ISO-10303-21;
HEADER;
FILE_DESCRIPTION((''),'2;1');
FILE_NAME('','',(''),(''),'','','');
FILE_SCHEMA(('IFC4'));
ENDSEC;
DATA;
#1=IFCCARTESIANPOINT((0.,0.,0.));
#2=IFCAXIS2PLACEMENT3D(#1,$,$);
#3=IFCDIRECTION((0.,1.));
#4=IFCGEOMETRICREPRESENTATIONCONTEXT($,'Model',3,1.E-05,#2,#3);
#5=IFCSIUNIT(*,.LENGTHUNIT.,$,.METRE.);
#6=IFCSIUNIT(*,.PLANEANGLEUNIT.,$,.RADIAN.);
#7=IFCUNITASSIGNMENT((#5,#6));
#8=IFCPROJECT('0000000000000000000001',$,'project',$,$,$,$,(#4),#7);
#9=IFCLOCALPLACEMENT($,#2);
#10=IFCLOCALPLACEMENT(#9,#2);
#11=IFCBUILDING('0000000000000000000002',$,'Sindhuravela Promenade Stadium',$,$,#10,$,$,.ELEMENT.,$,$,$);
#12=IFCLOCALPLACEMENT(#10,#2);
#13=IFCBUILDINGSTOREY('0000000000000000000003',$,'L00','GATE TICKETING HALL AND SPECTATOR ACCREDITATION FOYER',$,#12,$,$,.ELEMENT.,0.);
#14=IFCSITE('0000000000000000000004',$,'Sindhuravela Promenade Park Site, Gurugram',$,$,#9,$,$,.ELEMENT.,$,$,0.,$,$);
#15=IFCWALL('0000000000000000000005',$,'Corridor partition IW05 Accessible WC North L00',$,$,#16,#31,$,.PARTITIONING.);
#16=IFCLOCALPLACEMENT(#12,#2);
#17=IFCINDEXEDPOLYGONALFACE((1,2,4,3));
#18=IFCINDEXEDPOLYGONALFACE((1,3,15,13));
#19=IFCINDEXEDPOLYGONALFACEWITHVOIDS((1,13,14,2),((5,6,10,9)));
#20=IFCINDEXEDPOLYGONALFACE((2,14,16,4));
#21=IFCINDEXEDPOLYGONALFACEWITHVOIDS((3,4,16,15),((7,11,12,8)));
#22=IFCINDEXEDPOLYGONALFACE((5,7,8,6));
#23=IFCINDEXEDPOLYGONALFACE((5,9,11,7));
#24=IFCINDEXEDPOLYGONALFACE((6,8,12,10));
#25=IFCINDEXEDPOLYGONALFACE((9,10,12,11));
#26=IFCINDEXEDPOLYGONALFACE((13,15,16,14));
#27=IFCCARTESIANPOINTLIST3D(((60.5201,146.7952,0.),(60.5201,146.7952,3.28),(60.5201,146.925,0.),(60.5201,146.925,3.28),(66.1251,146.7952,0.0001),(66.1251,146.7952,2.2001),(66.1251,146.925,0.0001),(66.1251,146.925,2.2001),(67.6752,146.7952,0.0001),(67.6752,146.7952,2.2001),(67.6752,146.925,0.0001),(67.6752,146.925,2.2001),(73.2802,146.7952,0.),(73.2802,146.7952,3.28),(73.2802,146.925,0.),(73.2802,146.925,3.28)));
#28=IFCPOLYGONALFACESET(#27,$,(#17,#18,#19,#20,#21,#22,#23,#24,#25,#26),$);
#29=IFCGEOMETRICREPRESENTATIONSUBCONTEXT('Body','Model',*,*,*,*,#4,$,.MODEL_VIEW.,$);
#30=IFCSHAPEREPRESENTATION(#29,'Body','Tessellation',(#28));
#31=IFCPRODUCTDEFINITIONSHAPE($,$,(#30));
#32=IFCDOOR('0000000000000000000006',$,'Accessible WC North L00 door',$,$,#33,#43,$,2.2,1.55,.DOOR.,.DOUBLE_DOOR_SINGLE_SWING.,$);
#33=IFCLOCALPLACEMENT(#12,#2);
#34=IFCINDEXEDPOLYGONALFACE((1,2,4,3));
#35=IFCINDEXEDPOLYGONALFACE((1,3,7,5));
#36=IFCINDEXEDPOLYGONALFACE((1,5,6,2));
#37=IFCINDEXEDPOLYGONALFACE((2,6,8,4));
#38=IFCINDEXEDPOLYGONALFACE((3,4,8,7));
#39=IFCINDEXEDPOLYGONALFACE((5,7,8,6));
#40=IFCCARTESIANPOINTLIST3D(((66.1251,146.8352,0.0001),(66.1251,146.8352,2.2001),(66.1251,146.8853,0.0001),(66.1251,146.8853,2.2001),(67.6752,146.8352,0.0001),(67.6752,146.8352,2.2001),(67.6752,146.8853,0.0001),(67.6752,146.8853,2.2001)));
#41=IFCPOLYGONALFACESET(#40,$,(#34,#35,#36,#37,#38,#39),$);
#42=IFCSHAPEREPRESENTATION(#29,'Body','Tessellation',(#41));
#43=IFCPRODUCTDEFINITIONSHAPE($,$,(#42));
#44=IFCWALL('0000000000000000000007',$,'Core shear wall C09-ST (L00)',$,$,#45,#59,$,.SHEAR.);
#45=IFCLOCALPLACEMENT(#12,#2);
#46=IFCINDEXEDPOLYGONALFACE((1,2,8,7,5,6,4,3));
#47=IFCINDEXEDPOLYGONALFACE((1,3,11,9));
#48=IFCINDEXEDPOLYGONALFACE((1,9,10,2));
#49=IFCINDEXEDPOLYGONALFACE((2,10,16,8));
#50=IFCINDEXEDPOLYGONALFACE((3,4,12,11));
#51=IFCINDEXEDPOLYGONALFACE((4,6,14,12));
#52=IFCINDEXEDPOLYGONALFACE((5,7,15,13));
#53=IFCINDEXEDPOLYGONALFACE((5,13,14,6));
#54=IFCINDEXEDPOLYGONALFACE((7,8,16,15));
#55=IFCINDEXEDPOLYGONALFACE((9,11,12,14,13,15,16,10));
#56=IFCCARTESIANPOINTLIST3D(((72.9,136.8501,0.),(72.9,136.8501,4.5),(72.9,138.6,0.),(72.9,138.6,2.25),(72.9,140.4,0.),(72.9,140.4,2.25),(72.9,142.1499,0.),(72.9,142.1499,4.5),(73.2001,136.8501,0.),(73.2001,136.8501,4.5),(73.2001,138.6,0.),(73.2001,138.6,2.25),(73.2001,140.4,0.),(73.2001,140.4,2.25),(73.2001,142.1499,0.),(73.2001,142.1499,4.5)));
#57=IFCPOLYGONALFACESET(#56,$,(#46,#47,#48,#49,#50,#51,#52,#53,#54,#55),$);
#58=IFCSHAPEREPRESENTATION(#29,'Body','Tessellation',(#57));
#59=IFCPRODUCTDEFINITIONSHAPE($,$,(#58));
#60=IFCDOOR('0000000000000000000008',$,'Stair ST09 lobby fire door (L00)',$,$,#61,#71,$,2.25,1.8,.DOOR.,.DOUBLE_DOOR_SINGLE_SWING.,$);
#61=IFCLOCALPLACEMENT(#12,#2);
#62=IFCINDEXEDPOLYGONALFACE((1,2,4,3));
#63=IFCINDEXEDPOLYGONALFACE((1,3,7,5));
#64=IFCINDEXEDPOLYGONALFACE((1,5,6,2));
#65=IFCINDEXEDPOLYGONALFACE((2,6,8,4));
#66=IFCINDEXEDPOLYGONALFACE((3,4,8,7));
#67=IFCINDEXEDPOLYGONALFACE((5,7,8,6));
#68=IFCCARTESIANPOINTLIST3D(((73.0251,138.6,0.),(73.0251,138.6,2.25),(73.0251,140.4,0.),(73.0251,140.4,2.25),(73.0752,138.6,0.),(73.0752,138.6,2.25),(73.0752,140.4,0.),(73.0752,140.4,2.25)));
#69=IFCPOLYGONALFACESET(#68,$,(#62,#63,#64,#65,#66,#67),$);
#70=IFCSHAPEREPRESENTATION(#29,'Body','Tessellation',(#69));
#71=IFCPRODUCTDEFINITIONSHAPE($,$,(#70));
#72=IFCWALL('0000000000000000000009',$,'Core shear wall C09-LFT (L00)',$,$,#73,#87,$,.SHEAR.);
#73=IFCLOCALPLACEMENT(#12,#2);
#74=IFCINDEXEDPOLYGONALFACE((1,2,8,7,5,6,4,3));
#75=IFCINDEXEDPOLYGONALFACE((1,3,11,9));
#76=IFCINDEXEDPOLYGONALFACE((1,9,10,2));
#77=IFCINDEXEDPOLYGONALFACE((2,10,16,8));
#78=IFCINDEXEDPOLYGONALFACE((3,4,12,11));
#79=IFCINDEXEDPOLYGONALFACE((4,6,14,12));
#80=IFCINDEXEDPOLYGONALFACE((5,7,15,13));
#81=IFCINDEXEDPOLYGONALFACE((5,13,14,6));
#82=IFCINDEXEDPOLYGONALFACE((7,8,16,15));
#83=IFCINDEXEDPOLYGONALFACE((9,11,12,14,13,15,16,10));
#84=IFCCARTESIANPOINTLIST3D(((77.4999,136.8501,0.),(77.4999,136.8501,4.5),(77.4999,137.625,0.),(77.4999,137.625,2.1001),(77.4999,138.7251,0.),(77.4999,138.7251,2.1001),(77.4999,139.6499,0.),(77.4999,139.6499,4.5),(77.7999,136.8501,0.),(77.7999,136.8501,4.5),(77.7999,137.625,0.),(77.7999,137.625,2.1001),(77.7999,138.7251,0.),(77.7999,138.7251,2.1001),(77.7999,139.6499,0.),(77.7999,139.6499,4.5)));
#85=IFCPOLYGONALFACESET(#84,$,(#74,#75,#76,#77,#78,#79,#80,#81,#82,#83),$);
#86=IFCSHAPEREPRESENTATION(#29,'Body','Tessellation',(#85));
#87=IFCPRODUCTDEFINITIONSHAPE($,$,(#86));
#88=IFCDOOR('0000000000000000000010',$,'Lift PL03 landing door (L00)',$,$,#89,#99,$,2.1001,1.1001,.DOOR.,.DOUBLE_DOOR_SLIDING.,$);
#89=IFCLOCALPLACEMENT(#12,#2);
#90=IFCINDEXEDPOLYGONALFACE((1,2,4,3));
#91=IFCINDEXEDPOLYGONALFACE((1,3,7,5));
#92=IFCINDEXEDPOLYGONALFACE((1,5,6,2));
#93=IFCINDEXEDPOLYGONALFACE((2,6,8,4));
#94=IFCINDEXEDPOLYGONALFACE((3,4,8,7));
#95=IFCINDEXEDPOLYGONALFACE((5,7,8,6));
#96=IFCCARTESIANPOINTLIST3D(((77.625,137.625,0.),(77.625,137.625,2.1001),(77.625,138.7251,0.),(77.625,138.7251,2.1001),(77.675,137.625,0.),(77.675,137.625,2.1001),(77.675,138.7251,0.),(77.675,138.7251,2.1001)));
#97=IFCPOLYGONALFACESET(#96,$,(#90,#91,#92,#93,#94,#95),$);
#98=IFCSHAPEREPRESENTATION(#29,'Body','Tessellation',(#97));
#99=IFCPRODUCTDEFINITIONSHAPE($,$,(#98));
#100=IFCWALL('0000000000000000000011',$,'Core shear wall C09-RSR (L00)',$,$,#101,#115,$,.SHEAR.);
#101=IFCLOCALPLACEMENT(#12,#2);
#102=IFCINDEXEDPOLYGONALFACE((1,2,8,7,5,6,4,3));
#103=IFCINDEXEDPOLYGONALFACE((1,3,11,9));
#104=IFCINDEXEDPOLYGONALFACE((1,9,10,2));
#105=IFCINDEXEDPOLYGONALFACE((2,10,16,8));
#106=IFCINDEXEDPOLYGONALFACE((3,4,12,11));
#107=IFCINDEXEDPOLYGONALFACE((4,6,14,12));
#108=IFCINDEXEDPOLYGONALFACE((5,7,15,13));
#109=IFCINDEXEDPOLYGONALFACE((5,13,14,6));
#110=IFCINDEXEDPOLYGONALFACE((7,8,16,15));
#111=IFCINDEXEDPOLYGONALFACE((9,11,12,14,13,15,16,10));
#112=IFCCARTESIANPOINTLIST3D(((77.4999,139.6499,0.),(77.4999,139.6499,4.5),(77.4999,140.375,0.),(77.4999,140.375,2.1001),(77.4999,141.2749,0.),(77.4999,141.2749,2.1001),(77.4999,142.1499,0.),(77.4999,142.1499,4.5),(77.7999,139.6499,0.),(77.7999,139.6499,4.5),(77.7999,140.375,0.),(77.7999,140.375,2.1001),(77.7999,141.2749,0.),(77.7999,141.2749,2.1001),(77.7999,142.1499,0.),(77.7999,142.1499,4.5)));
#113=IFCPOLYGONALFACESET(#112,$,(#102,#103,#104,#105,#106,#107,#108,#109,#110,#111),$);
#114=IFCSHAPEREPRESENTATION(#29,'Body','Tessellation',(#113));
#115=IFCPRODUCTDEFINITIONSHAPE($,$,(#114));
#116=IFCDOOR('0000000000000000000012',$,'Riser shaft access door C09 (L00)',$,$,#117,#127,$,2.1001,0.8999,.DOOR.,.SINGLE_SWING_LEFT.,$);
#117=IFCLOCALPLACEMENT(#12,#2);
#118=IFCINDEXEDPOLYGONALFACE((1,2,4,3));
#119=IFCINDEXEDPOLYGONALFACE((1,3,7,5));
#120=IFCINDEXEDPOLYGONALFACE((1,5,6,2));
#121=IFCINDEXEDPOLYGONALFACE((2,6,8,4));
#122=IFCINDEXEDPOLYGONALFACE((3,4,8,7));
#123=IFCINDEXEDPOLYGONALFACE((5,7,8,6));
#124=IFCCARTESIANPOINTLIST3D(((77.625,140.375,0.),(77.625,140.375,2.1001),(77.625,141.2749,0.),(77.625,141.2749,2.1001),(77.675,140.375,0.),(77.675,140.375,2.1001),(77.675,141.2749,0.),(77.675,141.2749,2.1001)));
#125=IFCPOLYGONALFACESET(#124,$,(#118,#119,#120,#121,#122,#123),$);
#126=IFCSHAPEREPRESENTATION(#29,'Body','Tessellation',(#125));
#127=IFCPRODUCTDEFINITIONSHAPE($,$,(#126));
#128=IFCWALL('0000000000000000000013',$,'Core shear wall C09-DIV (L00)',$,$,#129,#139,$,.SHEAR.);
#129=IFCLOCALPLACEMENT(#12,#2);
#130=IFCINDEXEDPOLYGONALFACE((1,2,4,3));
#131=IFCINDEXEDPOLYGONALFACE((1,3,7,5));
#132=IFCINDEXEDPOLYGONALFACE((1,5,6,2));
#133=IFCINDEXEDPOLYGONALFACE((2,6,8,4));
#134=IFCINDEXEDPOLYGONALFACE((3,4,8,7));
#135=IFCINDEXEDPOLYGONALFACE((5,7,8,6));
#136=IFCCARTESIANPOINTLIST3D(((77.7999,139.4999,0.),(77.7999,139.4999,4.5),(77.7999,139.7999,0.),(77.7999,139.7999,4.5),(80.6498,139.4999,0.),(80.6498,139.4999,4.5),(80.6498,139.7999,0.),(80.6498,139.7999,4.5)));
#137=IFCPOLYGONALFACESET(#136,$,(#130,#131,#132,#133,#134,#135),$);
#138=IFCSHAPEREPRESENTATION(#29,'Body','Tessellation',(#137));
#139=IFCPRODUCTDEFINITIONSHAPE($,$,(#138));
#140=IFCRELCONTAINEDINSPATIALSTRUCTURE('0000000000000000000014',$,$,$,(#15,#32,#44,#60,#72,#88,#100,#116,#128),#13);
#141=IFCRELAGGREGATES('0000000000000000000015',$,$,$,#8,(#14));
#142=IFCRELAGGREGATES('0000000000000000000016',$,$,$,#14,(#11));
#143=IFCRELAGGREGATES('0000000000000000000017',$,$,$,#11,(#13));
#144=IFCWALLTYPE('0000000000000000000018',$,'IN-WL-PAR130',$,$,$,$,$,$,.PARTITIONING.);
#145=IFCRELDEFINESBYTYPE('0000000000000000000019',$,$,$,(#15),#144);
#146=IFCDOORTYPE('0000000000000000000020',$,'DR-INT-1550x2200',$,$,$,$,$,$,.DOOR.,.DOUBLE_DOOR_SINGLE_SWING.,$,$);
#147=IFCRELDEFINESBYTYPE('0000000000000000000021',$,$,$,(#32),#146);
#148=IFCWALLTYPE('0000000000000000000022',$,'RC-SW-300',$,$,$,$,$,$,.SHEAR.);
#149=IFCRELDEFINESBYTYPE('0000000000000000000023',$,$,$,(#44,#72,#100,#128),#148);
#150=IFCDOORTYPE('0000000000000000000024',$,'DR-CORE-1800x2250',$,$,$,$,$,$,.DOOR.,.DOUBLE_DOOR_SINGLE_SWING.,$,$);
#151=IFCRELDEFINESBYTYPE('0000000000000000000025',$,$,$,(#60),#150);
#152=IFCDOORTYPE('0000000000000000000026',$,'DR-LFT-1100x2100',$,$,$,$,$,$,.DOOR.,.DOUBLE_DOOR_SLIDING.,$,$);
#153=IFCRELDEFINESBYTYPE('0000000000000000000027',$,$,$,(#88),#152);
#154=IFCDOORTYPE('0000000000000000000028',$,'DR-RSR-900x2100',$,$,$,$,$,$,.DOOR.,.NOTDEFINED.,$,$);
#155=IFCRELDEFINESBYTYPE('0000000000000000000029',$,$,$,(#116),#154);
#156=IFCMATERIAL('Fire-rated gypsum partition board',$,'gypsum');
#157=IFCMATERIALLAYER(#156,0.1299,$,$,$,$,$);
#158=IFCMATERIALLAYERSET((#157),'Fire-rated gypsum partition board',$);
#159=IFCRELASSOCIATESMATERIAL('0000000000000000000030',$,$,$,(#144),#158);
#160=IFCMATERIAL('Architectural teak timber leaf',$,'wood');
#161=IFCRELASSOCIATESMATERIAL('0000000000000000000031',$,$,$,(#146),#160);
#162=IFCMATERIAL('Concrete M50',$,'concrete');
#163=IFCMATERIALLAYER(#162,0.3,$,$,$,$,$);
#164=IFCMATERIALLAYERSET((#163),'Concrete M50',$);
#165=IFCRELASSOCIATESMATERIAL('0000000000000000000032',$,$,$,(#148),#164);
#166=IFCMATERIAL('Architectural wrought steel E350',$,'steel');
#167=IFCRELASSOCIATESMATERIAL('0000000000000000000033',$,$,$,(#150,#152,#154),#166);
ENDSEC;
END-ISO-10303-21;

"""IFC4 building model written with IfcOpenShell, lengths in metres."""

from ifc_helpers import new_model, si_unit, direction, frame, frame_2d, origin, place, context, subcontext, project, spatial, rectangle, extrude, material, layer, layer_set, type_object, element, fill, save


model = new_model("IFC4")

# Units and contexts
model_context = context("Model", 3, precision=1e-05, world=origin(), true_north=direction((0.0, 1.0)))
body_context = subcontext(model_context, "Body", "Model", "MODEL_VIEW")
ifc_project = project(units=[si_unit("LENGTHUNIT", "METRE"), si_unit("PLANEANGLEUNIT", "RADIAN")], contexts=[model_context])

# Site, building, storey
site_placement = place(None, origin())
site = spatial("IfcSite", under=ifc_project, at=site_placement, Name="Sindhuravela Promenade Park Site, Gurugram", CompositionType="ELEMENT", RefElevation=0.0)
building_placement = place(site_placement, origin())
building = spatial("IfcBuilding", under=site, at=building_placement, Name="Sindhuravela Promenade Stadium", CompositionType="ELEMENT")
storey_placement = place(building_placement, origin())
storey = spatial("IfcBuildingStorey", under=building, at=storey_placement, Name="L00", Description="GATE TICKETING HALL AND SPECTATOR ACCREDITATION FOYER", CompositionType="ELEMENT", Elevation=0.0)

# Shared definitions
ifc_material_1 = material(Name="Concrete M50", Category="concrete")

# Walls, openings, doors
ifc_material_2 = material(Name="Fire-rated gypsum partition board", Category="gypsum")
ifc_layer_1 = layer(ifc_material_2, 0.1299)
ifc_layer_set_1 = layer_set([ifc_layer_1], Name="Fire-rated gypsum partition board")
wall_type_1 = type_object("IfcWallType", Name="IN-WL-PAR130", PredefinedType="PARTITIONING", material=ifc_layer_set_1)
wall_1_placement = place(storey_placement, frame((73.28, 146.8601, 0.0), z_axis=(0.0, 0.0, 1.0), x_axis=(-1.0, 0.0, 0.0)))
wall_1 = element("IfcWall", 1, at=wall_1_placement, inside=storey, type_object=wall_type_1, Name="Corridor partition IW05 Accessible WC North L00", PredefinedType="PARTITIONING", context=body_context, shape_type="SweptSolid", body=[
    extrude(rectangle(XDim=12.76, YDim=0.1299, at=frame_2d((6.3799, 0.0))), origin(), (0.0, 0.0, 1.0), 3.28),
])
opening_1_placement = place(wall_1_placement, frame((5.605, 0.0, 0.0)))
opening_1 = element("IfcOpeningElement", 2, at=opening_1_placement, cuts=wall_1, PredefinedType="OPENING", context=body_context, shape_type="SweptSolid", body=[
    extrude(rectangle(XDim=1.55, YDim=2.2, at=frame_2d((0.7749, 1.1001))), frame((0.0, 0.075, 0.0), z_axis=(0.0, -1.0, 0.0), x_axis=(1.0, 0.0, 0.0)), (0.0, 0.0, 1.0), 0.1499),
])
ifc_material_3 = material(Name="Architectural teak timber leaf", Category="wood")
door_type_1 = type_object("IfcDoorType", Name="DR-INT-1550x2200", OperationType="DOUBLE_DOOR_SINGLE_SWING", PredefinedType="DOOR", material=ifc_material_3)
door_1_placement = place(opening_1_placement, origin())
door_1 = element("IfcDoor", 3, at=door_1_placement, inside=storey, type_object=door_type_1, Name="Accessible WC North L00 door", OperationType="DOUBLE_DOOR_SINGLE_SWING", OverallHeight=2.2, OverallWidth=1.55, PredefinedType="DOOR", context=body_context, shape_type="SweptSolid", body=[
    extrude(rectangle(XDim=1.55, YDim=2.2, at=frame_2d((0.7749, 1.1001))), frame((0.0, 0.0249, 0.0), z_axis=(0.0, -1.0, 0.0), x_axis=(1.0, 0.0, 0.0)), (0.0, 0.0, 1.0), 0.05),
])
fill(opening_1, door_1)
ifc_layer_2 = layer(ifc_material_1, 0.3)
ifc_layer_set_2 = layer_set([ifc_layer_2], Name="Concrete M50")
wall_type_2 = type_object("IfcWallType", Name="RC-SW-300", PredefinedType="SHEAR", material=ifc_layer_set_2)
wall_2_placement = place(storey_placement, frame((73.05, 136.8501, 0.0), z_axis=(0.0, 0.0, 1.0), x_axis=(0.0, 1.0, 0.0)))
wall_2 = element("IfcWall", 4, at=wall_2_placement, inside=storey, type_object=wall_type_2, Name="Core shear wall C09-ST (L00)", PredefinedType="SHEAR", context=body_context, shape_type="SweptSolid", body=[
    extrude(rectangle(XDim=5.2998, YDim=0.3, at=frame_2d((2.6499, 0.0))), origin(), (0.0, 0.0, 1.0), 4.5),
])
opening_2_placement = place(wall_2_placement, frame((1.75, 0.0, 0.0)))
opening_2 = element("IfcOpeningElement", 5, at=opening_2_placement, cuts=wall_2, PredefinedType="OPENING", context=body_context, shape_type="SweptSolid", body=[
    extrude(rectangle(XDim=1.8, YDim=2.25, at=frame_2d((0.8999, 1.125))), frame((0.0, 0.1599, 0.0), z_axis=(0.0, -1.0, 0.0), x_axis=(1.0, 0.0, 0.0)), (0.0, 0.0, 1.0), 0.3201),
])
ifc_material_4 = material(Name="Architectural wrought steel E350", Category="steel")
door_type_2 = type_object("IfcDoorType", Name="DR-CORE-1800x2250", OperationType="DOUBLE_DOOR_SINGLE_SWING", PredefinedType="DOOR", material=ifc_material_4)
door_2_placement = place(opening_2_placement, origin())
door_2 = element("IfcDoor", 6, at=door_2_placement, inside=storey, type_object=door_type_2, Name="Stair ST09 lobby fire door (L00)", OperationType="DOUBLE_DOOR_SINGLE_SWING", OverallHeight=2.25, OverallWidth=1.8, PredefinedType="DOOR", context=body_context, shape_type="SweptSolid", body=[
    extrude(rectangle(XDim=1.8, YDim=2.25, at=frame_2d((0.8999, 1.125))), frame((0.0, 0.0249, 0.0), z_axis=(0.0, -1.0, 0.0), x_axis=(1.0, 0.0, 0.0)), (0.0, 0.0, 1.0), 0.05),
])
fill(opening_2, door_2)
wall_3_placement = place(storey_placement, frame((77.6499, 136.8501, 0.0), z_axis=(0.0, 0.0, 1.0), x_axis=(0.0, 1.0, 0.0)))
wall_3 = element("IfcWall", 7, at=wall_3_placement, inside=storey, type_object=wall_type_2, Name="Core shear wall C09-LFT (L00)", PredefinedType="SHEAR", context=body_context, shape_type="SweptSolid", body=[
    extrude(rectangle(XDim=2.7998, YDim=0.3, at=frame_2d((1.3999, 0.0))), origin(), (0.0, 0.0, 1.0), 4.5),
])
opening_3_placement = place(wall_3_placement, frame((0.7749, 0.0, 0.0)))
opening_3 = element("IfcOpeningElement", 8, at=opening_3_placement, cuts=wall_3, PredefinedType="OPENING", context=body_context, shape_type="SweptSolid", body=[
    extrude(rectangle(XDim=1.1001, YDim=2.1001, at=frame_2d((0.55, 1.05))), frame((0.0, 0.1599, 0.0), z_axis=(0.0, -1.0, 0.0), x_axis=(1.0, 0.0, 0.0)), (0.0, 0.0, 1.0), 0.3201),
])
door_type_3 = type_object("IfcDoorType", Name="DR-LFT-1100x2100", OperationType="DOUBLE_DOOR_SLIDING", PredefinedType="DOOR", material=ifc_material_4)
door_3_placement = place(opening_3_placement, origin())
door_3 = element("IfcDoor", 9, at=door_3_placement, inside=storey, type_object=door_type_3, Name="Lift PL03 landing door (L00)", OperationType="DOUBLE_DOOR_SLIDING", OverallHeight=2.1001, OverallWidth=1.1001, PredefinedType="DOOR", context=body_context, shape_type="SweptSolid", body=[
    extrude(rectangle(XDim=1.1001, YDim=2.1001, at=frame_2d((0.55, 1.05))), frame((0.0, 0.0249, 0.0), z_axis=(0.0, -1.0, 0.0), x_axis=(1.0, 0.0, 0.0)), (0.0, 0.0, 1.0), 0.05),
])
fill(opening_3, door_3)
wall_4_placement = place(storey_placement, frame((77.6499, 139.6499, 0.0), z_axis=(0.0, 0.0, 1.0), x_axis=(0.0, 1.0, 0.0)))
wall_4 = element("IfcWall", 10, at=wall_4_placement, inside=storey, type_object=wall_type_2, Name="Core shear wall C09-RSR (L00)", PredefinedType="SHEAR", context=body_context, shape_type="SweptSolid", body=[
    extrude(rectangle(XDim=2.5, YDim=0.3, at=frame_2d((1.25, 0.0))), origin(), (0.0, 0.0, 1.0), 4.5),
])
opening_4_placement = place(wall_4_placement, frame((0.7251, 0.0, 0.0)))
opening_4 = element("IfcOpeningElement", 11, at=opening_4_placement, cuts=wall_4, PredefinedType="OPENING", context=body_context, shape_type="SweptSolid", body=[
    extrude(rectangle(XDim=0.8999, YDim=2.1001, at=frame_2d((0.45, 1.05))), frame((0.0, 0.1599, 0.0), z_axis=(0.0, -1.0, 0.0), x_axis=(1.0, 0.0, 0.0)), (0.0, 0.0, 1.0), 0.3201),
])
door_type_4 = type_object("IfcDoorType", Name="DR-RSR-900x2100", OperationType="NOTDEFINED", PredefinedType="DOOR", material=ifc_material_4)
door_4_placement = place(opening_4_placement, origin())
door_4 = element("IfcDoor", 12, at=door_4_placement, inside=storey, type_object=door_type_4, Name="Riser shaft access door C09 (L00)", OperationType="SINGLE_SWING_LEFT", OverallHeight=2.1001, OverallWidth=0.8999, PredefinedType="DOOR", context=body_context, shape_type="SweptSolid", body=[
    extrude(rectangle(XDim=0.8999, YDim=2.1001, at=frame_2d((0.45, 1.05))), frame((0.0, 0.0249, 0.0), z_axis=(0.0, -1.0, 0.0), x_axis=(1.0, 0.0, 0.0)), (0.0, 0.0, 1.0), 0.05),
])
fill(opening_4, door_4)

# Wall
wall_5_placement = place(storey_placement, frame((77.8, 139.6499, 0.0), z_axis=(0.0, 0.0, 1.0), x_axis=(1.0, 0.0, 0.0)))
element("IfcWall", 13, at=wall_5_placement, inside=storey, type_object=wall_type_2, Name="Core shear wall C09-DIV (L00)", PredefinedType="SHEAR", context=body_context, shape_type="SweptSolid", body=[
    extrude(rectangle(XDim=2.8499, YDim=0.3, at=frame_2d((1.4248, 0.0))), origin(), (0.0, 0.0, 1.0), 4.5),
])

save(model, "model.ifc")
